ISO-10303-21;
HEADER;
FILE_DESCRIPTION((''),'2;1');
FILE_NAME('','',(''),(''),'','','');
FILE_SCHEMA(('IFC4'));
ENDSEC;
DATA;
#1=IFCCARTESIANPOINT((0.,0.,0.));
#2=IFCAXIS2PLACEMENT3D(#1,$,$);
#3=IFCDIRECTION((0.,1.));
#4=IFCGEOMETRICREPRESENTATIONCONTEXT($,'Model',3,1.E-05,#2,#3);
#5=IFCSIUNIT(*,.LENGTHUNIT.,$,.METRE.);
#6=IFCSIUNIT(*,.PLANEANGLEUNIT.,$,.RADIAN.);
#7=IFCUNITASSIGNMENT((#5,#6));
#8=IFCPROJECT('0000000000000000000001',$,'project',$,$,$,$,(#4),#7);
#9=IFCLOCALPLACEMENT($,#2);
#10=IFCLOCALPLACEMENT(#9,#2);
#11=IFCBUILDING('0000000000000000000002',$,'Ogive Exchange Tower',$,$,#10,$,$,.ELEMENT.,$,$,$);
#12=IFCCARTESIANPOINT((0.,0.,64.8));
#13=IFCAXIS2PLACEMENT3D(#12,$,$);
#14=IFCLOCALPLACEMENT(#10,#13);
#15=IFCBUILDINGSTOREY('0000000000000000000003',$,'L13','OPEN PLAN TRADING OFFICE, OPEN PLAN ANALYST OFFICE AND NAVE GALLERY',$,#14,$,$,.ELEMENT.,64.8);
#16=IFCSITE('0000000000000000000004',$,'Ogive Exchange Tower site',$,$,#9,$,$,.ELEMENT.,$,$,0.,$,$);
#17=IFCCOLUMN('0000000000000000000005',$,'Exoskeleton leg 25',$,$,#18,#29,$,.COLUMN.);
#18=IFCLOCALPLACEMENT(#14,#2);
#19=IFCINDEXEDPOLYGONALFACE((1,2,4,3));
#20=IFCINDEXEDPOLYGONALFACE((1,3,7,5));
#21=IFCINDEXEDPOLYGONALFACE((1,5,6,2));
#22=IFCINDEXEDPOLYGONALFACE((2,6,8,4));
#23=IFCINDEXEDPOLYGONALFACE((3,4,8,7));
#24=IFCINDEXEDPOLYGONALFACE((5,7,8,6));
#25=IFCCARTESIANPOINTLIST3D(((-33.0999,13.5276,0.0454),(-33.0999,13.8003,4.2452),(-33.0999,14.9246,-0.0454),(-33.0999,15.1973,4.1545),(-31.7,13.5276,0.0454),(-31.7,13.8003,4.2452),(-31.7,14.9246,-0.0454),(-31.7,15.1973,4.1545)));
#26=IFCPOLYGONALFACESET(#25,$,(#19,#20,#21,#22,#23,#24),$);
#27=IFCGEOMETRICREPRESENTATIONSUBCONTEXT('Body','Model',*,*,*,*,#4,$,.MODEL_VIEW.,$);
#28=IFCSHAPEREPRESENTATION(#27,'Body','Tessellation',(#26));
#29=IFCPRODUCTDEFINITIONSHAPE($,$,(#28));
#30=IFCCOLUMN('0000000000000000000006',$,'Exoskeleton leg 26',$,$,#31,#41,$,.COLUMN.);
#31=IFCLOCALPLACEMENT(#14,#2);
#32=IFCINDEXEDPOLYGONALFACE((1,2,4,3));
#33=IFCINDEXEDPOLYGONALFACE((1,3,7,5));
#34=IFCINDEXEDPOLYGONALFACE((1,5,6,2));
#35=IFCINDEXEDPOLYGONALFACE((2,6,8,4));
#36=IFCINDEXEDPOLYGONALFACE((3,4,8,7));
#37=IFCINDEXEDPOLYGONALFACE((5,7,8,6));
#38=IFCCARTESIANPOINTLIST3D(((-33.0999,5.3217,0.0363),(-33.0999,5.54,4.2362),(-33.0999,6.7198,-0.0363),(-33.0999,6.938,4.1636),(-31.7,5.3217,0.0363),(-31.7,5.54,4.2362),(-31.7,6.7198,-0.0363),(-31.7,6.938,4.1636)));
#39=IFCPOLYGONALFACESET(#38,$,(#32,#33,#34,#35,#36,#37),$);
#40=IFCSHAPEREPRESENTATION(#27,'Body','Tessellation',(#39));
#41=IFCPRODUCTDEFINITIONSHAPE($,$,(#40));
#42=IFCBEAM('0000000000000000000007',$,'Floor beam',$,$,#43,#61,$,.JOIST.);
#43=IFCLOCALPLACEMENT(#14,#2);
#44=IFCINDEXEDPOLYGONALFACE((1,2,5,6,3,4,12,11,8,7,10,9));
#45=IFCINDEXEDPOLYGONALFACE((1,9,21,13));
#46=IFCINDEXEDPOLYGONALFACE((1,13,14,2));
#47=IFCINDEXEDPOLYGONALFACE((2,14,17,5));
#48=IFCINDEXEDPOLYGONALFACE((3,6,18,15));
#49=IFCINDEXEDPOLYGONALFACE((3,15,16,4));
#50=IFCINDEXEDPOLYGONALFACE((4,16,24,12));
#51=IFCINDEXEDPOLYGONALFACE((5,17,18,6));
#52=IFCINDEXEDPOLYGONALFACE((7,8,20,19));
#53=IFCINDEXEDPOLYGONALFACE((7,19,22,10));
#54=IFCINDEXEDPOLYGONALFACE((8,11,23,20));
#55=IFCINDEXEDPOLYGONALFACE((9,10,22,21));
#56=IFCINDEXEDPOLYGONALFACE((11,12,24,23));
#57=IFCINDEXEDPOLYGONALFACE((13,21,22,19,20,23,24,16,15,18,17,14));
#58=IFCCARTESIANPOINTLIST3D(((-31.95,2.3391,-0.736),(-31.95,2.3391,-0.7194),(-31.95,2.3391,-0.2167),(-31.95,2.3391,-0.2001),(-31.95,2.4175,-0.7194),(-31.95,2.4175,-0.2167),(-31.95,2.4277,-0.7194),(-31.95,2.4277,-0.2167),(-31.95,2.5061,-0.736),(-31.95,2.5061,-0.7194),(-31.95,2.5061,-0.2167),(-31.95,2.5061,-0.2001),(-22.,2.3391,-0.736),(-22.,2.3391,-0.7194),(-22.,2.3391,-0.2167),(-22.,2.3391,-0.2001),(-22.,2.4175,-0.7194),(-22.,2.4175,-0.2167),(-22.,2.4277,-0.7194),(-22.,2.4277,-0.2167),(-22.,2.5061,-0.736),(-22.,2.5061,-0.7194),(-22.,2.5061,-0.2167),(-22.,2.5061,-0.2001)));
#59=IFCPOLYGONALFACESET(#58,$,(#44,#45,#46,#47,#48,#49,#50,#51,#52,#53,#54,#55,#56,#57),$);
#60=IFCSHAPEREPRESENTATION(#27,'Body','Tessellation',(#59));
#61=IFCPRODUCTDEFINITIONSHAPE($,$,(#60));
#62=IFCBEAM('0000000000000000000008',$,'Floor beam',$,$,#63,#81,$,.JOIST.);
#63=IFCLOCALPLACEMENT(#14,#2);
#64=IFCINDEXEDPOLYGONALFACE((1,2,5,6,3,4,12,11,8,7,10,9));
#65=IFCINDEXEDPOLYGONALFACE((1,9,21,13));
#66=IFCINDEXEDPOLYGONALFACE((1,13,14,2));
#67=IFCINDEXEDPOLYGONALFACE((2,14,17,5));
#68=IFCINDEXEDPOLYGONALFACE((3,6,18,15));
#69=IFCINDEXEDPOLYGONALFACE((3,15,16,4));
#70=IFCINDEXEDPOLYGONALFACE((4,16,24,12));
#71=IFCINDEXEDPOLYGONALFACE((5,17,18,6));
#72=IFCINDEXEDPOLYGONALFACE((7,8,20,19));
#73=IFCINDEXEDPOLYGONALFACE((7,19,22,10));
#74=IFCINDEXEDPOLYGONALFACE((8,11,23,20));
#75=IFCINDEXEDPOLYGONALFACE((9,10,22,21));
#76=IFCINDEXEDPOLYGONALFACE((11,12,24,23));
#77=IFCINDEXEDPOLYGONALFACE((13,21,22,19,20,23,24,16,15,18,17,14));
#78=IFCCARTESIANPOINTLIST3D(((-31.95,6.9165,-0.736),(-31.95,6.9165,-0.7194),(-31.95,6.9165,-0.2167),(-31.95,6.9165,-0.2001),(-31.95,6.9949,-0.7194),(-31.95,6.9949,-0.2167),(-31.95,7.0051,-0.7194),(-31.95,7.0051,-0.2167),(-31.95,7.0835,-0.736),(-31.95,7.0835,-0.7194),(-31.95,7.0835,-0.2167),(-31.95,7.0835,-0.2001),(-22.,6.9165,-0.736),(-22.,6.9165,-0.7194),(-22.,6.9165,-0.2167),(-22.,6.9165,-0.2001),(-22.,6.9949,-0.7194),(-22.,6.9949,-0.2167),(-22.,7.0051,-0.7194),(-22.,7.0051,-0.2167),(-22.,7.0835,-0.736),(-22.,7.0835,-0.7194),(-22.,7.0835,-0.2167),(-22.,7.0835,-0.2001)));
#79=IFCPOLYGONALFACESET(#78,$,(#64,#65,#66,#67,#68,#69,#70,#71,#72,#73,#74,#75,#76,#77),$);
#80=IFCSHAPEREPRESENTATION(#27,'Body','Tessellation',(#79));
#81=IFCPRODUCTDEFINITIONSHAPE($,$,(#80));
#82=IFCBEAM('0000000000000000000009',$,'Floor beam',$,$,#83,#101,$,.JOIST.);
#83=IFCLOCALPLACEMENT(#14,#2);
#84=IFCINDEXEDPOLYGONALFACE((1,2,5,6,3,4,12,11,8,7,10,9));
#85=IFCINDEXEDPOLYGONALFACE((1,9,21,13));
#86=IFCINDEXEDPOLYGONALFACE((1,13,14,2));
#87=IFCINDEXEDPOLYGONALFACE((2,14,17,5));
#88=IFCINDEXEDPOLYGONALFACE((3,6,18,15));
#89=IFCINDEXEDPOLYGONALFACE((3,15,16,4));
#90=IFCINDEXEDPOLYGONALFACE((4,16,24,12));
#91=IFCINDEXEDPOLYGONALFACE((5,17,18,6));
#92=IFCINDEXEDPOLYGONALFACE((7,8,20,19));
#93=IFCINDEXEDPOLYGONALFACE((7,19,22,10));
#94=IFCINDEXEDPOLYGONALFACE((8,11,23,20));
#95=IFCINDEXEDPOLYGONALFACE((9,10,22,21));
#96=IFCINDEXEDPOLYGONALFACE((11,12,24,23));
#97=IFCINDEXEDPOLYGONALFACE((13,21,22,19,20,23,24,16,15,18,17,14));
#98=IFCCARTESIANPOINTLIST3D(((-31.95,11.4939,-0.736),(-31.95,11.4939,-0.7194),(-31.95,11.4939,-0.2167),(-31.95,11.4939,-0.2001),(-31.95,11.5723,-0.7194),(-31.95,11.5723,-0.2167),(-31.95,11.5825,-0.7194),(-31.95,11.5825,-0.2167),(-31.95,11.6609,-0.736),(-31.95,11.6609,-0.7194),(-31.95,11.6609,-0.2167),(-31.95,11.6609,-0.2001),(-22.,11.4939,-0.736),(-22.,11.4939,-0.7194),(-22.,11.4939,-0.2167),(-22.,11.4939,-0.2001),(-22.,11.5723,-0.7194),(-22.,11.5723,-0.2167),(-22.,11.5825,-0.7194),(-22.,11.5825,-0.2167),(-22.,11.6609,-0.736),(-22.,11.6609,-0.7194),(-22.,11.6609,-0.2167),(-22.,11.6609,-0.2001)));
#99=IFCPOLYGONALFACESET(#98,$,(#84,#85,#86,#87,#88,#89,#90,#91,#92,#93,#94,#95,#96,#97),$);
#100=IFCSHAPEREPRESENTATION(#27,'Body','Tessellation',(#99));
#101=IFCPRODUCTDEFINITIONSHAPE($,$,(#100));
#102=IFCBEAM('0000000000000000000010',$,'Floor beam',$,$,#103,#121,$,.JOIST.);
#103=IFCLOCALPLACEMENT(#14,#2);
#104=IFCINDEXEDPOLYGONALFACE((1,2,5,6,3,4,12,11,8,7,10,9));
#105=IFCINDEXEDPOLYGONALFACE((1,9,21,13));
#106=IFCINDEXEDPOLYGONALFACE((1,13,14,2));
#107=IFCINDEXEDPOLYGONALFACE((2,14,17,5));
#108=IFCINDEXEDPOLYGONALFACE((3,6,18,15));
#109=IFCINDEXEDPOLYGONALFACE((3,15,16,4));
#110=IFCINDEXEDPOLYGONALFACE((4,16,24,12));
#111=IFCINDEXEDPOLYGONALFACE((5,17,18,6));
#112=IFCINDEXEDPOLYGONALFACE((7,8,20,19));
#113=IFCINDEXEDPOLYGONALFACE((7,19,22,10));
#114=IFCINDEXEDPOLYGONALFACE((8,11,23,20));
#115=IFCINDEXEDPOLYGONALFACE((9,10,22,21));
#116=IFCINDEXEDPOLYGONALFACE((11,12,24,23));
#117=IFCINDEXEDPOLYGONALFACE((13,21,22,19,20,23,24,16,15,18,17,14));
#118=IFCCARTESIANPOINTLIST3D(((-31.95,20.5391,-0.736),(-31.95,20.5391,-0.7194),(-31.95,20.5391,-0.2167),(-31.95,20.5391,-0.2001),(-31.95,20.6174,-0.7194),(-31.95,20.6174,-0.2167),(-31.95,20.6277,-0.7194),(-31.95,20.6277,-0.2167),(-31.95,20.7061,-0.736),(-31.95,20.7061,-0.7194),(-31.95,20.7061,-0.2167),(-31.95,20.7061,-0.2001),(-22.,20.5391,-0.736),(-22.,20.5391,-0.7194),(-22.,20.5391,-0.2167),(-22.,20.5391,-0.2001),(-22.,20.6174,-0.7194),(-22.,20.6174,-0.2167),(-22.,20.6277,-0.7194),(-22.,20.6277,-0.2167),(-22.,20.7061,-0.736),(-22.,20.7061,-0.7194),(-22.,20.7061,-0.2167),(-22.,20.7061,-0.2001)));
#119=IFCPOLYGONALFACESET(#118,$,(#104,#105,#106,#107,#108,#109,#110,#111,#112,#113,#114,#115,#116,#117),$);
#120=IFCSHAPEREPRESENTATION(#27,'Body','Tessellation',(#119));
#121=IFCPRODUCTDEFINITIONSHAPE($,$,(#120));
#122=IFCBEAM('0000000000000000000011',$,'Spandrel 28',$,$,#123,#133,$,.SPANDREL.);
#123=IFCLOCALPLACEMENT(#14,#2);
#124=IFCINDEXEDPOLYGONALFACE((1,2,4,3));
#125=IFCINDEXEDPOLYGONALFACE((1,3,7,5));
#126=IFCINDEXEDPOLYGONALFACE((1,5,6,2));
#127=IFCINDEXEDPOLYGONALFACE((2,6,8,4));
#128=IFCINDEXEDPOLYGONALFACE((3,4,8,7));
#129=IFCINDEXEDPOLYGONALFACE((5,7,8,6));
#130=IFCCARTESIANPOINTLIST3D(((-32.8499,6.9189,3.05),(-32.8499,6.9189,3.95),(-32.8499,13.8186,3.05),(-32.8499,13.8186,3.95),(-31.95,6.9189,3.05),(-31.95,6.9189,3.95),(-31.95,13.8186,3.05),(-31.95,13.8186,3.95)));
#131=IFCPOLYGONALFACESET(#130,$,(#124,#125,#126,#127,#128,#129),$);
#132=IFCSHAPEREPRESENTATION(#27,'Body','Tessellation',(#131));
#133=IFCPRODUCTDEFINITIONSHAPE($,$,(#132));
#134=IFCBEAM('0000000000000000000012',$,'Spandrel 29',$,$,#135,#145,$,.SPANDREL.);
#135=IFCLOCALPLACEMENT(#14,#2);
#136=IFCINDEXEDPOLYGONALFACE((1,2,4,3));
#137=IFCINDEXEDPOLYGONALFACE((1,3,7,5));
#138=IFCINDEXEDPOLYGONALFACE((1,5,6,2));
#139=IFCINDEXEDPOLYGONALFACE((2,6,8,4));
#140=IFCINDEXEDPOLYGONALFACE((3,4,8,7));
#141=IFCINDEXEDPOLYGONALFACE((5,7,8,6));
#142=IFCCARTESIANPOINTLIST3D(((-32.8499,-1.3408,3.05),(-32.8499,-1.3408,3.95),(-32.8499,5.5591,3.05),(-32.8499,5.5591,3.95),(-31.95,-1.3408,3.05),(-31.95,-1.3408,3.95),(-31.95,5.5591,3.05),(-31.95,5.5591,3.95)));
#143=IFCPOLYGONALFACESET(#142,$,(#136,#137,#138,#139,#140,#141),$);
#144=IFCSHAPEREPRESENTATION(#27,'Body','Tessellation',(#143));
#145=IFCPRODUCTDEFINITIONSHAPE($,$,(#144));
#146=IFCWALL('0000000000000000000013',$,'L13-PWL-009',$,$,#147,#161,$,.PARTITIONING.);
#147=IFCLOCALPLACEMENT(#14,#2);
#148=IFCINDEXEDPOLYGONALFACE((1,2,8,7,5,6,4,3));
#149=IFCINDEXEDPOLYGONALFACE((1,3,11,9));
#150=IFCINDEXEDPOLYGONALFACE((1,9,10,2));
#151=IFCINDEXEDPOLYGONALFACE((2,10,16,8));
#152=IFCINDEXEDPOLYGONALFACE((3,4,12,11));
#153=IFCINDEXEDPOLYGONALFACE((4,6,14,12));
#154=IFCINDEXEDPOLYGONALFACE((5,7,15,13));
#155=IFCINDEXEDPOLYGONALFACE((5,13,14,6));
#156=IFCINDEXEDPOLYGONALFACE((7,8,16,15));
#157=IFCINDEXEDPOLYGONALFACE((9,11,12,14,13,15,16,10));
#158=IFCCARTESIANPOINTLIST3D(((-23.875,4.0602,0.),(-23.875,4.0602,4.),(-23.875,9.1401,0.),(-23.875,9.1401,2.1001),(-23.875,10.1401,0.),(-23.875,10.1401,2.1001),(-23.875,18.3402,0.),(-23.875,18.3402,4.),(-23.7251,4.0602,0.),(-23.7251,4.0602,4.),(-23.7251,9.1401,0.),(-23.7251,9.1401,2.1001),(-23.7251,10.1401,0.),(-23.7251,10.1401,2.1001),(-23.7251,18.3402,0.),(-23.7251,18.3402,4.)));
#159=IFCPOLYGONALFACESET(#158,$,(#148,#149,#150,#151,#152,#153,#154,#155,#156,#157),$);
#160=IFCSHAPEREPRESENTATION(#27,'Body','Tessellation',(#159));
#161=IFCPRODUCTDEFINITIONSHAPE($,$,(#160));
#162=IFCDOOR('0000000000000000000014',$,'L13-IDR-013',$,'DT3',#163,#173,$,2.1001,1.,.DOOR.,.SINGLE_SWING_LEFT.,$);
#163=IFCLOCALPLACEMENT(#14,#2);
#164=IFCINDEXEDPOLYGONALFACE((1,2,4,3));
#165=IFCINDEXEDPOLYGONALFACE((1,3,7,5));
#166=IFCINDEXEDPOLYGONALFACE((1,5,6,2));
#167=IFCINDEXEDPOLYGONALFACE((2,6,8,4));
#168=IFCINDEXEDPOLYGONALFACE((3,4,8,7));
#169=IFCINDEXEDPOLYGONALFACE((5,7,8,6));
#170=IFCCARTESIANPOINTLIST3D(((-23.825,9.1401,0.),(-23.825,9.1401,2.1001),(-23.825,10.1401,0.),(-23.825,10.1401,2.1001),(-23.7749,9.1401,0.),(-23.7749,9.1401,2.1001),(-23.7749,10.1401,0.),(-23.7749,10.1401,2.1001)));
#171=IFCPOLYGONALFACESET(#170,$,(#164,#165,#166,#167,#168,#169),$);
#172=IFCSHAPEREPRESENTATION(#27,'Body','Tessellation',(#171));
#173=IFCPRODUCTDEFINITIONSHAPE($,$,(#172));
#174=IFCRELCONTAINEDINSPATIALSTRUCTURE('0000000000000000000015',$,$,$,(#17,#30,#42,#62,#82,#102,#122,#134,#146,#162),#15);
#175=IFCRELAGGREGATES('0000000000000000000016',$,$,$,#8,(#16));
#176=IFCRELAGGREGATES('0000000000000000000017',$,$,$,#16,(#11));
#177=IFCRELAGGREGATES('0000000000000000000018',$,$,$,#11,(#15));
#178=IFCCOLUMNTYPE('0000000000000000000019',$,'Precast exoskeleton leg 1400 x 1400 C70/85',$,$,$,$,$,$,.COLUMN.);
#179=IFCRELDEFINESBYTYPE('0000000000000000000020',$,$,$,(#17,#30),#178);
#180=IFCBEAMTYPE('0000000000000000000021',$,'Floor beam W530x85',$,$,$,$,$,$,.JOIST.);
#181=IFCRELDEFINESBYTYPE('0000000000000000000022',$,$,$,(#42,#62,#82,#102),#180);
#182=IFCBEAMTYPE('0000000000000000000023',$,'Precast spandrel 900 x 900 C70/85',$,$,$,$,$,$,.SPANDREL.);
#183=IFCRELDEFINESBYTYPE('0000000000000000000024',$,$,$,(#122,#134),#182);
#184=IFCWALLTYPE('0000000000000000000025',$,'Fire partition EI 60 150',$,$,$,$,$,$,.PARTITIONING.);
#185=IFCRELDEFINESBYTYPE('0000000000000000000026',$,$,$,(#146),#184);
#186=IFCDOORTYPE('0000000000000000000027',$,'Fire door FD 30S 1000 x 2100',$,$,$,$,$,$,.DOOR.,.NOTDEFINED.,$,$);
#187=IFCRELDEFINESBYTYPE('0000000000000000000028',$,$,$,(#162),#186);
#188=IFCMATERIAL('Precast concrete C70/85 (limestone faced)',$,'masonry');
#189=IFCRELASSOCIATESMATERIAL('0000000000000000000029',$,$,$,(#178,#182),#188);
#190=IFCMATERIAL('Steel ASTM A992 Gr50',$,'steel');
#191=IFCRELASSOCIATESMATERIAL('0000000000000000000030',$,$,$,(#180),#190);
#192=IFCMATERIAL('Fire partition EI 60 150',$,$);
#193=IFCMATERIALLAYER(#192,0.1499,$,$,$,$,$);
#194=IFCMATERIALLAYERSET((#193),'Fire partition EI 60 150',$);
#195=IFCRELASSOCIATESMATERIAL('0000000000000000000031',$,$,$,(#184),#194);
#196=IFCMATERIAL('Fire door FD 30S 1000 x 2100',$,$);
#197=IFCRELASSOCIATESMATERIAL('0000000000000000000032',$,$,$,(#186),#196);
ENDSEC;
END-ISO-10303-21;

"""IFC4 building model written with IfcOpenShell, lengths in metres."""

from ifc_helpers import new_model, si_unit, direction, frame, frame_2d, origin, origin_2d, place, context, subcontext, project, spatial, rectangle, i_section, extrude, material, layer, layer_set, material_profile, profile_set, type_object, element, fill, save


model = new_model("IFC4")

# Units and contexts
model_context = context("Model", 3, precision=1e-05, world=origin(), true_north=direction((0.0, 1.0)))
body_context = subcontext(model_context, "Body", "Model", "MODEL_VIEW")
ifc_project = project(units=[si_unit("LENGTHUNIT", "METRE"), si_unit("PLANEANGLEUNIT", "RADIAN")], contexts=[model_context])

# Site, building, storey
site_placement = place(None, origin())
site = spatial("IfcSite", under=ifc_project, at=site_placement, Name="Ogive Exchange Tower site", CompositionType="ELEMENT", RefElevation=0.0)
building_placement = place(site_placement, origin())
building = spatial("IfcBuilding", under=site, at=building_placement, Name="Ogive Exchange Tower", CompositionType="ELEMENT")
storey_placement = place(building_placement, frame((0.0, 0.0, 64.8)))
storey = spatial("IfcBuildingStorey", under=building, at=storey_placement, Name="L13", Description="OPEN PLAN TRADING OFFICE, OPEN PLAN ANALYST OFFICE AND NAVE GALLERY", CompositionType="ELEMENT", Elevation=64.8)

# Columns
ifc_material_1 = material(Name="Precast concrete C70/85 (limestone faced)", Category="masonry")
ifc_material_profile_1 = material_profile(ifc_material_1, rectangle(XDim=1.3999, YDim=1.3999, at=origin_2d()), Name="1400 x 1400")
ifc_profile_set_1 = profile_set([ifc_material_profile_1], Name="Precast concrete C70/85 (limestone faced)")
column_type = type_object("IfcColumnType", Name="Precast exoskeleton leg 1400 x 1400 C70/85", PredefinedType="COLUMN", material=ifc_profile_set_1)
column_1_placement = place(storey_placement, frame((-32.3999, 14.2261, 0.0), z_axis=(0.0, 0.064794, 0.997899), x_axis=(-1.0, 0.0, 0.0)))
element("IfcColumn", 1, at=column_1_placement, inside=storey, type_object=column_type, Name="Exoskeleton leg 25", PredefinedType="COLUMN", context=body_context, shape_type="SweptSolid", body=[
    extrude(rectangle(XDim=1.3999, YDim=1.3999, at=origin_2d()), origin(), (0.0, 0.0, 1.0), 4.2087),
])
column_2_placement = place(storey_placement, frame((-32.3999, 6.0208, 0.0), z_axis=(0.0, 0.051898, 0.998652), x_axis=(-1.0, 0.0, 0.0)))
element("IfcColumn", 2, at=column_2_placement, inside=storey, type_object=column_type, Name="Exoskeleton leg 26", PredefinedType="COLUMN", context=body_context, shape_type="SweptSolid", body=[
    extrude(rectangle(XDim=1.3999, YDim=1.3999, at=origin_2d()), origin(), (0.0, 0.0, 1.0), 4.2056),
])

# Beams
ifc_material_2 = material(Name="Steel ASTM A992 Gr50", Category="steel")
ifc_material_profile_2 = material_profile(ifc_material_2, i_section(OverallWidth=0.167, OverallDepth=0.5359, WebThickness=0.0103, FlangeThickness=0.0166, at=origin_2d()), Name="W530x85")
ifc_profile_set_2 = profile_set([ifc_material_profile_2], Name="Steel ASTM A992 Gr50")
beam_type_1 = type_object("IfcBeamType", Name="Floor beam W530x85", PredefinedType="JOIST", material=ifc_profile_set_2)
for number, where, z_axis, x_axis, name in (
    (3, (-31.95, 2.4226, -0.468), (1.0, 0.0, 0.0), (0.0, 1.0, 0.0), "Floor beam"),
    (4, (-31.95, 7.0, -0.468), (1.0, 0.0, 0.0), (0.0, 1.0, 0.0), "Floor beam"),
    (5, (-31.95, 11.5774, -0.468), (1.0, 0.0, 0.0), (0.0, 1.0, 0.0), "Floor beam"),
    (6, (-31.95, 20.6226, -0.468), (1.0, 0.0, 0.0), (0.0, 1.0, 0.0), "Floor beam"),
):
    element("IfcBeam", number, at=place(storey_placement, frame(where, z_axis=z_axis, x_axis=x_axis)), inside=storey, type_object=beam_type_1, Name=name, PredefinedType="JOIST", context=body_context, shape_type="SweptSolid", body=[
        extrude(i_section(OverallWidth=0.167, OverallDepth=0.5359, WebThickness=0.0103, FlangeThickness=0.0166, at=origin_2d()), origin(), (0.0, 0.0, 1.0), 9.95),
    ])
ifc_material_profile_3 = material_profile(ifc_material_1, rectangle(XDim=0.8999, YDim=0.8999, at=origin_2d()), Name="900 x 900")
ifc_profile_set_3 = profile_set([ifc_material_profile_3], Name="Precast concrete C70/85 (limestone faced)")
beam_type_2 = type_object("IfcBeamType", Name="Precast spandrel 900 x 900 C70/85", PredefinedType="SPANDREL", material=ifc_profile_set_3)
beam_1_placement = place(storey_placement, frame((-32.3999, 13.8186, 3.5), z_axis=(0.0, -1.0, 0.0), x_axis=(1.0, 0.0, 0.0)))
element("IfcBeam", 7, at=beam_1_placement, inside=storey, type_object=beam_type_2, Name="Spandrel 28", PredefinedType="SPANDREL", context=body_context, shape_type="SweptSolid", body=[
    extrude(rectangle(XDim=0.8999, YDim=0.8999, at=origin_2d()), origin(), (0.0, 0.0, 1.0), 6.8997),
])
beam_2_placement = place(storey_placement, frame((-32.3999, 5.5591, 3.5), z_axis=(0.0, -1.0, 0.0), x_axis=(1.0, 0.0, 0.0)))
element("IfcBeam", 8, at=beam_2_placement, inside=storey, type_object=beam_type_2, Name="Spandrel 29", PredefinedType="SPANDREL", context=body_context, shape_type="SweptSolid", body=[
    extrude(rectangle(XDim=0.8999, YDim=0.8999, at=origin_2d()), origin(), (0.0, 0.0, 1.0), 6.8999),
])

# Wall, opening, door
ifc_material_3 = material(Name="Fire partition EI 60 150")
ifc_layer_1 = layer(ifc_material_3, 0.1499)
ifc_layer_set_1 = layer_set([ifc_layer_1], Name="Fire partition EI 60 150")
wall_type_1 = type_object("IfcWallType", Name="Fire partition EI 60 150", PredefinedType="PARTITIONING", material=ifc_layer_set_1)
wall_1_placement = place(storey_placement, frame((-23.8, 4.0601, 0.0), z_axis=(0.0, 0.0, 1.0), x_axis=(0.0, 1.0, 0.0)))
wall_1 = element("IfcWall", 9, at=wall_1_placement, inside=storey, type_object=wall_type_1, Name="L13-PWL-009", PredefinedType="PARTITIONING", context=body_context, shape_type="SweptSolid", body=[
    extrude(rectangle(XDim=14.28, YDim=0.1499, at=frame_2d((7.1401, 0.0))), origin(), (0.0, 0.0, 1.0), 4.0),
])
opening_1_placement = place(wall_1_placement, frame((5.0801, 0.0, 0.0)))
opening_1 = element("IfcOpeningElement", 10, at=opening_1_placement, cuts=wall_1, PredefinedType="OPENING", context=body_context, shape_type="SweptSolid", body=[
    extrude(rectangle(XDim=1.0, YDim=2.1001, at=frame_2d((0.5, 1.05))), frame((0.0, 0.085, 0.0), z_axis=(0.0, -1.0, 0.0), x_axis=(1.0, 0.0, 0.0)), (0.0, 0.0, 1.0), 0.1699),
])
ifc_material_4 = material(Name="Fire door FD 30S 1000 x 2100")
door_type = type_object("IfcDoorType", Name="Fire door FD 30S 1000 x 2100", OperationType="NOTDEFINED", PredefinedType="DOOR", material=ifc_material_4)
door_1_placement = place(opening_1_placement, origin())
door_1 = element("IfcDoor", 11, at=door_1_placement, inside=storey, type_object=door_type, Name="L13-IDR-013", ObjectType="DT3", OperationType="SINGLE_SWING_LEFT", OverallHeight=2.1001, OverallWidth=1.0, PredefinedType="DOOR", context=body_context, shape_type="SweptSolid", body=[
    extrude(rectangle(XDim=1.0, YDim=2.1001, at=frame_2d((0.5, 1.05))), frame((0.0, 0.0249, 0.0), z_axis=(0.0, -1.0, 0.0), x_axis=(1.0, 0.0, 0.0)), (0.0, 0.0, 1.0), 0.05),
])
fill(opening_1, door_1)

save(model, "model.ifc")
